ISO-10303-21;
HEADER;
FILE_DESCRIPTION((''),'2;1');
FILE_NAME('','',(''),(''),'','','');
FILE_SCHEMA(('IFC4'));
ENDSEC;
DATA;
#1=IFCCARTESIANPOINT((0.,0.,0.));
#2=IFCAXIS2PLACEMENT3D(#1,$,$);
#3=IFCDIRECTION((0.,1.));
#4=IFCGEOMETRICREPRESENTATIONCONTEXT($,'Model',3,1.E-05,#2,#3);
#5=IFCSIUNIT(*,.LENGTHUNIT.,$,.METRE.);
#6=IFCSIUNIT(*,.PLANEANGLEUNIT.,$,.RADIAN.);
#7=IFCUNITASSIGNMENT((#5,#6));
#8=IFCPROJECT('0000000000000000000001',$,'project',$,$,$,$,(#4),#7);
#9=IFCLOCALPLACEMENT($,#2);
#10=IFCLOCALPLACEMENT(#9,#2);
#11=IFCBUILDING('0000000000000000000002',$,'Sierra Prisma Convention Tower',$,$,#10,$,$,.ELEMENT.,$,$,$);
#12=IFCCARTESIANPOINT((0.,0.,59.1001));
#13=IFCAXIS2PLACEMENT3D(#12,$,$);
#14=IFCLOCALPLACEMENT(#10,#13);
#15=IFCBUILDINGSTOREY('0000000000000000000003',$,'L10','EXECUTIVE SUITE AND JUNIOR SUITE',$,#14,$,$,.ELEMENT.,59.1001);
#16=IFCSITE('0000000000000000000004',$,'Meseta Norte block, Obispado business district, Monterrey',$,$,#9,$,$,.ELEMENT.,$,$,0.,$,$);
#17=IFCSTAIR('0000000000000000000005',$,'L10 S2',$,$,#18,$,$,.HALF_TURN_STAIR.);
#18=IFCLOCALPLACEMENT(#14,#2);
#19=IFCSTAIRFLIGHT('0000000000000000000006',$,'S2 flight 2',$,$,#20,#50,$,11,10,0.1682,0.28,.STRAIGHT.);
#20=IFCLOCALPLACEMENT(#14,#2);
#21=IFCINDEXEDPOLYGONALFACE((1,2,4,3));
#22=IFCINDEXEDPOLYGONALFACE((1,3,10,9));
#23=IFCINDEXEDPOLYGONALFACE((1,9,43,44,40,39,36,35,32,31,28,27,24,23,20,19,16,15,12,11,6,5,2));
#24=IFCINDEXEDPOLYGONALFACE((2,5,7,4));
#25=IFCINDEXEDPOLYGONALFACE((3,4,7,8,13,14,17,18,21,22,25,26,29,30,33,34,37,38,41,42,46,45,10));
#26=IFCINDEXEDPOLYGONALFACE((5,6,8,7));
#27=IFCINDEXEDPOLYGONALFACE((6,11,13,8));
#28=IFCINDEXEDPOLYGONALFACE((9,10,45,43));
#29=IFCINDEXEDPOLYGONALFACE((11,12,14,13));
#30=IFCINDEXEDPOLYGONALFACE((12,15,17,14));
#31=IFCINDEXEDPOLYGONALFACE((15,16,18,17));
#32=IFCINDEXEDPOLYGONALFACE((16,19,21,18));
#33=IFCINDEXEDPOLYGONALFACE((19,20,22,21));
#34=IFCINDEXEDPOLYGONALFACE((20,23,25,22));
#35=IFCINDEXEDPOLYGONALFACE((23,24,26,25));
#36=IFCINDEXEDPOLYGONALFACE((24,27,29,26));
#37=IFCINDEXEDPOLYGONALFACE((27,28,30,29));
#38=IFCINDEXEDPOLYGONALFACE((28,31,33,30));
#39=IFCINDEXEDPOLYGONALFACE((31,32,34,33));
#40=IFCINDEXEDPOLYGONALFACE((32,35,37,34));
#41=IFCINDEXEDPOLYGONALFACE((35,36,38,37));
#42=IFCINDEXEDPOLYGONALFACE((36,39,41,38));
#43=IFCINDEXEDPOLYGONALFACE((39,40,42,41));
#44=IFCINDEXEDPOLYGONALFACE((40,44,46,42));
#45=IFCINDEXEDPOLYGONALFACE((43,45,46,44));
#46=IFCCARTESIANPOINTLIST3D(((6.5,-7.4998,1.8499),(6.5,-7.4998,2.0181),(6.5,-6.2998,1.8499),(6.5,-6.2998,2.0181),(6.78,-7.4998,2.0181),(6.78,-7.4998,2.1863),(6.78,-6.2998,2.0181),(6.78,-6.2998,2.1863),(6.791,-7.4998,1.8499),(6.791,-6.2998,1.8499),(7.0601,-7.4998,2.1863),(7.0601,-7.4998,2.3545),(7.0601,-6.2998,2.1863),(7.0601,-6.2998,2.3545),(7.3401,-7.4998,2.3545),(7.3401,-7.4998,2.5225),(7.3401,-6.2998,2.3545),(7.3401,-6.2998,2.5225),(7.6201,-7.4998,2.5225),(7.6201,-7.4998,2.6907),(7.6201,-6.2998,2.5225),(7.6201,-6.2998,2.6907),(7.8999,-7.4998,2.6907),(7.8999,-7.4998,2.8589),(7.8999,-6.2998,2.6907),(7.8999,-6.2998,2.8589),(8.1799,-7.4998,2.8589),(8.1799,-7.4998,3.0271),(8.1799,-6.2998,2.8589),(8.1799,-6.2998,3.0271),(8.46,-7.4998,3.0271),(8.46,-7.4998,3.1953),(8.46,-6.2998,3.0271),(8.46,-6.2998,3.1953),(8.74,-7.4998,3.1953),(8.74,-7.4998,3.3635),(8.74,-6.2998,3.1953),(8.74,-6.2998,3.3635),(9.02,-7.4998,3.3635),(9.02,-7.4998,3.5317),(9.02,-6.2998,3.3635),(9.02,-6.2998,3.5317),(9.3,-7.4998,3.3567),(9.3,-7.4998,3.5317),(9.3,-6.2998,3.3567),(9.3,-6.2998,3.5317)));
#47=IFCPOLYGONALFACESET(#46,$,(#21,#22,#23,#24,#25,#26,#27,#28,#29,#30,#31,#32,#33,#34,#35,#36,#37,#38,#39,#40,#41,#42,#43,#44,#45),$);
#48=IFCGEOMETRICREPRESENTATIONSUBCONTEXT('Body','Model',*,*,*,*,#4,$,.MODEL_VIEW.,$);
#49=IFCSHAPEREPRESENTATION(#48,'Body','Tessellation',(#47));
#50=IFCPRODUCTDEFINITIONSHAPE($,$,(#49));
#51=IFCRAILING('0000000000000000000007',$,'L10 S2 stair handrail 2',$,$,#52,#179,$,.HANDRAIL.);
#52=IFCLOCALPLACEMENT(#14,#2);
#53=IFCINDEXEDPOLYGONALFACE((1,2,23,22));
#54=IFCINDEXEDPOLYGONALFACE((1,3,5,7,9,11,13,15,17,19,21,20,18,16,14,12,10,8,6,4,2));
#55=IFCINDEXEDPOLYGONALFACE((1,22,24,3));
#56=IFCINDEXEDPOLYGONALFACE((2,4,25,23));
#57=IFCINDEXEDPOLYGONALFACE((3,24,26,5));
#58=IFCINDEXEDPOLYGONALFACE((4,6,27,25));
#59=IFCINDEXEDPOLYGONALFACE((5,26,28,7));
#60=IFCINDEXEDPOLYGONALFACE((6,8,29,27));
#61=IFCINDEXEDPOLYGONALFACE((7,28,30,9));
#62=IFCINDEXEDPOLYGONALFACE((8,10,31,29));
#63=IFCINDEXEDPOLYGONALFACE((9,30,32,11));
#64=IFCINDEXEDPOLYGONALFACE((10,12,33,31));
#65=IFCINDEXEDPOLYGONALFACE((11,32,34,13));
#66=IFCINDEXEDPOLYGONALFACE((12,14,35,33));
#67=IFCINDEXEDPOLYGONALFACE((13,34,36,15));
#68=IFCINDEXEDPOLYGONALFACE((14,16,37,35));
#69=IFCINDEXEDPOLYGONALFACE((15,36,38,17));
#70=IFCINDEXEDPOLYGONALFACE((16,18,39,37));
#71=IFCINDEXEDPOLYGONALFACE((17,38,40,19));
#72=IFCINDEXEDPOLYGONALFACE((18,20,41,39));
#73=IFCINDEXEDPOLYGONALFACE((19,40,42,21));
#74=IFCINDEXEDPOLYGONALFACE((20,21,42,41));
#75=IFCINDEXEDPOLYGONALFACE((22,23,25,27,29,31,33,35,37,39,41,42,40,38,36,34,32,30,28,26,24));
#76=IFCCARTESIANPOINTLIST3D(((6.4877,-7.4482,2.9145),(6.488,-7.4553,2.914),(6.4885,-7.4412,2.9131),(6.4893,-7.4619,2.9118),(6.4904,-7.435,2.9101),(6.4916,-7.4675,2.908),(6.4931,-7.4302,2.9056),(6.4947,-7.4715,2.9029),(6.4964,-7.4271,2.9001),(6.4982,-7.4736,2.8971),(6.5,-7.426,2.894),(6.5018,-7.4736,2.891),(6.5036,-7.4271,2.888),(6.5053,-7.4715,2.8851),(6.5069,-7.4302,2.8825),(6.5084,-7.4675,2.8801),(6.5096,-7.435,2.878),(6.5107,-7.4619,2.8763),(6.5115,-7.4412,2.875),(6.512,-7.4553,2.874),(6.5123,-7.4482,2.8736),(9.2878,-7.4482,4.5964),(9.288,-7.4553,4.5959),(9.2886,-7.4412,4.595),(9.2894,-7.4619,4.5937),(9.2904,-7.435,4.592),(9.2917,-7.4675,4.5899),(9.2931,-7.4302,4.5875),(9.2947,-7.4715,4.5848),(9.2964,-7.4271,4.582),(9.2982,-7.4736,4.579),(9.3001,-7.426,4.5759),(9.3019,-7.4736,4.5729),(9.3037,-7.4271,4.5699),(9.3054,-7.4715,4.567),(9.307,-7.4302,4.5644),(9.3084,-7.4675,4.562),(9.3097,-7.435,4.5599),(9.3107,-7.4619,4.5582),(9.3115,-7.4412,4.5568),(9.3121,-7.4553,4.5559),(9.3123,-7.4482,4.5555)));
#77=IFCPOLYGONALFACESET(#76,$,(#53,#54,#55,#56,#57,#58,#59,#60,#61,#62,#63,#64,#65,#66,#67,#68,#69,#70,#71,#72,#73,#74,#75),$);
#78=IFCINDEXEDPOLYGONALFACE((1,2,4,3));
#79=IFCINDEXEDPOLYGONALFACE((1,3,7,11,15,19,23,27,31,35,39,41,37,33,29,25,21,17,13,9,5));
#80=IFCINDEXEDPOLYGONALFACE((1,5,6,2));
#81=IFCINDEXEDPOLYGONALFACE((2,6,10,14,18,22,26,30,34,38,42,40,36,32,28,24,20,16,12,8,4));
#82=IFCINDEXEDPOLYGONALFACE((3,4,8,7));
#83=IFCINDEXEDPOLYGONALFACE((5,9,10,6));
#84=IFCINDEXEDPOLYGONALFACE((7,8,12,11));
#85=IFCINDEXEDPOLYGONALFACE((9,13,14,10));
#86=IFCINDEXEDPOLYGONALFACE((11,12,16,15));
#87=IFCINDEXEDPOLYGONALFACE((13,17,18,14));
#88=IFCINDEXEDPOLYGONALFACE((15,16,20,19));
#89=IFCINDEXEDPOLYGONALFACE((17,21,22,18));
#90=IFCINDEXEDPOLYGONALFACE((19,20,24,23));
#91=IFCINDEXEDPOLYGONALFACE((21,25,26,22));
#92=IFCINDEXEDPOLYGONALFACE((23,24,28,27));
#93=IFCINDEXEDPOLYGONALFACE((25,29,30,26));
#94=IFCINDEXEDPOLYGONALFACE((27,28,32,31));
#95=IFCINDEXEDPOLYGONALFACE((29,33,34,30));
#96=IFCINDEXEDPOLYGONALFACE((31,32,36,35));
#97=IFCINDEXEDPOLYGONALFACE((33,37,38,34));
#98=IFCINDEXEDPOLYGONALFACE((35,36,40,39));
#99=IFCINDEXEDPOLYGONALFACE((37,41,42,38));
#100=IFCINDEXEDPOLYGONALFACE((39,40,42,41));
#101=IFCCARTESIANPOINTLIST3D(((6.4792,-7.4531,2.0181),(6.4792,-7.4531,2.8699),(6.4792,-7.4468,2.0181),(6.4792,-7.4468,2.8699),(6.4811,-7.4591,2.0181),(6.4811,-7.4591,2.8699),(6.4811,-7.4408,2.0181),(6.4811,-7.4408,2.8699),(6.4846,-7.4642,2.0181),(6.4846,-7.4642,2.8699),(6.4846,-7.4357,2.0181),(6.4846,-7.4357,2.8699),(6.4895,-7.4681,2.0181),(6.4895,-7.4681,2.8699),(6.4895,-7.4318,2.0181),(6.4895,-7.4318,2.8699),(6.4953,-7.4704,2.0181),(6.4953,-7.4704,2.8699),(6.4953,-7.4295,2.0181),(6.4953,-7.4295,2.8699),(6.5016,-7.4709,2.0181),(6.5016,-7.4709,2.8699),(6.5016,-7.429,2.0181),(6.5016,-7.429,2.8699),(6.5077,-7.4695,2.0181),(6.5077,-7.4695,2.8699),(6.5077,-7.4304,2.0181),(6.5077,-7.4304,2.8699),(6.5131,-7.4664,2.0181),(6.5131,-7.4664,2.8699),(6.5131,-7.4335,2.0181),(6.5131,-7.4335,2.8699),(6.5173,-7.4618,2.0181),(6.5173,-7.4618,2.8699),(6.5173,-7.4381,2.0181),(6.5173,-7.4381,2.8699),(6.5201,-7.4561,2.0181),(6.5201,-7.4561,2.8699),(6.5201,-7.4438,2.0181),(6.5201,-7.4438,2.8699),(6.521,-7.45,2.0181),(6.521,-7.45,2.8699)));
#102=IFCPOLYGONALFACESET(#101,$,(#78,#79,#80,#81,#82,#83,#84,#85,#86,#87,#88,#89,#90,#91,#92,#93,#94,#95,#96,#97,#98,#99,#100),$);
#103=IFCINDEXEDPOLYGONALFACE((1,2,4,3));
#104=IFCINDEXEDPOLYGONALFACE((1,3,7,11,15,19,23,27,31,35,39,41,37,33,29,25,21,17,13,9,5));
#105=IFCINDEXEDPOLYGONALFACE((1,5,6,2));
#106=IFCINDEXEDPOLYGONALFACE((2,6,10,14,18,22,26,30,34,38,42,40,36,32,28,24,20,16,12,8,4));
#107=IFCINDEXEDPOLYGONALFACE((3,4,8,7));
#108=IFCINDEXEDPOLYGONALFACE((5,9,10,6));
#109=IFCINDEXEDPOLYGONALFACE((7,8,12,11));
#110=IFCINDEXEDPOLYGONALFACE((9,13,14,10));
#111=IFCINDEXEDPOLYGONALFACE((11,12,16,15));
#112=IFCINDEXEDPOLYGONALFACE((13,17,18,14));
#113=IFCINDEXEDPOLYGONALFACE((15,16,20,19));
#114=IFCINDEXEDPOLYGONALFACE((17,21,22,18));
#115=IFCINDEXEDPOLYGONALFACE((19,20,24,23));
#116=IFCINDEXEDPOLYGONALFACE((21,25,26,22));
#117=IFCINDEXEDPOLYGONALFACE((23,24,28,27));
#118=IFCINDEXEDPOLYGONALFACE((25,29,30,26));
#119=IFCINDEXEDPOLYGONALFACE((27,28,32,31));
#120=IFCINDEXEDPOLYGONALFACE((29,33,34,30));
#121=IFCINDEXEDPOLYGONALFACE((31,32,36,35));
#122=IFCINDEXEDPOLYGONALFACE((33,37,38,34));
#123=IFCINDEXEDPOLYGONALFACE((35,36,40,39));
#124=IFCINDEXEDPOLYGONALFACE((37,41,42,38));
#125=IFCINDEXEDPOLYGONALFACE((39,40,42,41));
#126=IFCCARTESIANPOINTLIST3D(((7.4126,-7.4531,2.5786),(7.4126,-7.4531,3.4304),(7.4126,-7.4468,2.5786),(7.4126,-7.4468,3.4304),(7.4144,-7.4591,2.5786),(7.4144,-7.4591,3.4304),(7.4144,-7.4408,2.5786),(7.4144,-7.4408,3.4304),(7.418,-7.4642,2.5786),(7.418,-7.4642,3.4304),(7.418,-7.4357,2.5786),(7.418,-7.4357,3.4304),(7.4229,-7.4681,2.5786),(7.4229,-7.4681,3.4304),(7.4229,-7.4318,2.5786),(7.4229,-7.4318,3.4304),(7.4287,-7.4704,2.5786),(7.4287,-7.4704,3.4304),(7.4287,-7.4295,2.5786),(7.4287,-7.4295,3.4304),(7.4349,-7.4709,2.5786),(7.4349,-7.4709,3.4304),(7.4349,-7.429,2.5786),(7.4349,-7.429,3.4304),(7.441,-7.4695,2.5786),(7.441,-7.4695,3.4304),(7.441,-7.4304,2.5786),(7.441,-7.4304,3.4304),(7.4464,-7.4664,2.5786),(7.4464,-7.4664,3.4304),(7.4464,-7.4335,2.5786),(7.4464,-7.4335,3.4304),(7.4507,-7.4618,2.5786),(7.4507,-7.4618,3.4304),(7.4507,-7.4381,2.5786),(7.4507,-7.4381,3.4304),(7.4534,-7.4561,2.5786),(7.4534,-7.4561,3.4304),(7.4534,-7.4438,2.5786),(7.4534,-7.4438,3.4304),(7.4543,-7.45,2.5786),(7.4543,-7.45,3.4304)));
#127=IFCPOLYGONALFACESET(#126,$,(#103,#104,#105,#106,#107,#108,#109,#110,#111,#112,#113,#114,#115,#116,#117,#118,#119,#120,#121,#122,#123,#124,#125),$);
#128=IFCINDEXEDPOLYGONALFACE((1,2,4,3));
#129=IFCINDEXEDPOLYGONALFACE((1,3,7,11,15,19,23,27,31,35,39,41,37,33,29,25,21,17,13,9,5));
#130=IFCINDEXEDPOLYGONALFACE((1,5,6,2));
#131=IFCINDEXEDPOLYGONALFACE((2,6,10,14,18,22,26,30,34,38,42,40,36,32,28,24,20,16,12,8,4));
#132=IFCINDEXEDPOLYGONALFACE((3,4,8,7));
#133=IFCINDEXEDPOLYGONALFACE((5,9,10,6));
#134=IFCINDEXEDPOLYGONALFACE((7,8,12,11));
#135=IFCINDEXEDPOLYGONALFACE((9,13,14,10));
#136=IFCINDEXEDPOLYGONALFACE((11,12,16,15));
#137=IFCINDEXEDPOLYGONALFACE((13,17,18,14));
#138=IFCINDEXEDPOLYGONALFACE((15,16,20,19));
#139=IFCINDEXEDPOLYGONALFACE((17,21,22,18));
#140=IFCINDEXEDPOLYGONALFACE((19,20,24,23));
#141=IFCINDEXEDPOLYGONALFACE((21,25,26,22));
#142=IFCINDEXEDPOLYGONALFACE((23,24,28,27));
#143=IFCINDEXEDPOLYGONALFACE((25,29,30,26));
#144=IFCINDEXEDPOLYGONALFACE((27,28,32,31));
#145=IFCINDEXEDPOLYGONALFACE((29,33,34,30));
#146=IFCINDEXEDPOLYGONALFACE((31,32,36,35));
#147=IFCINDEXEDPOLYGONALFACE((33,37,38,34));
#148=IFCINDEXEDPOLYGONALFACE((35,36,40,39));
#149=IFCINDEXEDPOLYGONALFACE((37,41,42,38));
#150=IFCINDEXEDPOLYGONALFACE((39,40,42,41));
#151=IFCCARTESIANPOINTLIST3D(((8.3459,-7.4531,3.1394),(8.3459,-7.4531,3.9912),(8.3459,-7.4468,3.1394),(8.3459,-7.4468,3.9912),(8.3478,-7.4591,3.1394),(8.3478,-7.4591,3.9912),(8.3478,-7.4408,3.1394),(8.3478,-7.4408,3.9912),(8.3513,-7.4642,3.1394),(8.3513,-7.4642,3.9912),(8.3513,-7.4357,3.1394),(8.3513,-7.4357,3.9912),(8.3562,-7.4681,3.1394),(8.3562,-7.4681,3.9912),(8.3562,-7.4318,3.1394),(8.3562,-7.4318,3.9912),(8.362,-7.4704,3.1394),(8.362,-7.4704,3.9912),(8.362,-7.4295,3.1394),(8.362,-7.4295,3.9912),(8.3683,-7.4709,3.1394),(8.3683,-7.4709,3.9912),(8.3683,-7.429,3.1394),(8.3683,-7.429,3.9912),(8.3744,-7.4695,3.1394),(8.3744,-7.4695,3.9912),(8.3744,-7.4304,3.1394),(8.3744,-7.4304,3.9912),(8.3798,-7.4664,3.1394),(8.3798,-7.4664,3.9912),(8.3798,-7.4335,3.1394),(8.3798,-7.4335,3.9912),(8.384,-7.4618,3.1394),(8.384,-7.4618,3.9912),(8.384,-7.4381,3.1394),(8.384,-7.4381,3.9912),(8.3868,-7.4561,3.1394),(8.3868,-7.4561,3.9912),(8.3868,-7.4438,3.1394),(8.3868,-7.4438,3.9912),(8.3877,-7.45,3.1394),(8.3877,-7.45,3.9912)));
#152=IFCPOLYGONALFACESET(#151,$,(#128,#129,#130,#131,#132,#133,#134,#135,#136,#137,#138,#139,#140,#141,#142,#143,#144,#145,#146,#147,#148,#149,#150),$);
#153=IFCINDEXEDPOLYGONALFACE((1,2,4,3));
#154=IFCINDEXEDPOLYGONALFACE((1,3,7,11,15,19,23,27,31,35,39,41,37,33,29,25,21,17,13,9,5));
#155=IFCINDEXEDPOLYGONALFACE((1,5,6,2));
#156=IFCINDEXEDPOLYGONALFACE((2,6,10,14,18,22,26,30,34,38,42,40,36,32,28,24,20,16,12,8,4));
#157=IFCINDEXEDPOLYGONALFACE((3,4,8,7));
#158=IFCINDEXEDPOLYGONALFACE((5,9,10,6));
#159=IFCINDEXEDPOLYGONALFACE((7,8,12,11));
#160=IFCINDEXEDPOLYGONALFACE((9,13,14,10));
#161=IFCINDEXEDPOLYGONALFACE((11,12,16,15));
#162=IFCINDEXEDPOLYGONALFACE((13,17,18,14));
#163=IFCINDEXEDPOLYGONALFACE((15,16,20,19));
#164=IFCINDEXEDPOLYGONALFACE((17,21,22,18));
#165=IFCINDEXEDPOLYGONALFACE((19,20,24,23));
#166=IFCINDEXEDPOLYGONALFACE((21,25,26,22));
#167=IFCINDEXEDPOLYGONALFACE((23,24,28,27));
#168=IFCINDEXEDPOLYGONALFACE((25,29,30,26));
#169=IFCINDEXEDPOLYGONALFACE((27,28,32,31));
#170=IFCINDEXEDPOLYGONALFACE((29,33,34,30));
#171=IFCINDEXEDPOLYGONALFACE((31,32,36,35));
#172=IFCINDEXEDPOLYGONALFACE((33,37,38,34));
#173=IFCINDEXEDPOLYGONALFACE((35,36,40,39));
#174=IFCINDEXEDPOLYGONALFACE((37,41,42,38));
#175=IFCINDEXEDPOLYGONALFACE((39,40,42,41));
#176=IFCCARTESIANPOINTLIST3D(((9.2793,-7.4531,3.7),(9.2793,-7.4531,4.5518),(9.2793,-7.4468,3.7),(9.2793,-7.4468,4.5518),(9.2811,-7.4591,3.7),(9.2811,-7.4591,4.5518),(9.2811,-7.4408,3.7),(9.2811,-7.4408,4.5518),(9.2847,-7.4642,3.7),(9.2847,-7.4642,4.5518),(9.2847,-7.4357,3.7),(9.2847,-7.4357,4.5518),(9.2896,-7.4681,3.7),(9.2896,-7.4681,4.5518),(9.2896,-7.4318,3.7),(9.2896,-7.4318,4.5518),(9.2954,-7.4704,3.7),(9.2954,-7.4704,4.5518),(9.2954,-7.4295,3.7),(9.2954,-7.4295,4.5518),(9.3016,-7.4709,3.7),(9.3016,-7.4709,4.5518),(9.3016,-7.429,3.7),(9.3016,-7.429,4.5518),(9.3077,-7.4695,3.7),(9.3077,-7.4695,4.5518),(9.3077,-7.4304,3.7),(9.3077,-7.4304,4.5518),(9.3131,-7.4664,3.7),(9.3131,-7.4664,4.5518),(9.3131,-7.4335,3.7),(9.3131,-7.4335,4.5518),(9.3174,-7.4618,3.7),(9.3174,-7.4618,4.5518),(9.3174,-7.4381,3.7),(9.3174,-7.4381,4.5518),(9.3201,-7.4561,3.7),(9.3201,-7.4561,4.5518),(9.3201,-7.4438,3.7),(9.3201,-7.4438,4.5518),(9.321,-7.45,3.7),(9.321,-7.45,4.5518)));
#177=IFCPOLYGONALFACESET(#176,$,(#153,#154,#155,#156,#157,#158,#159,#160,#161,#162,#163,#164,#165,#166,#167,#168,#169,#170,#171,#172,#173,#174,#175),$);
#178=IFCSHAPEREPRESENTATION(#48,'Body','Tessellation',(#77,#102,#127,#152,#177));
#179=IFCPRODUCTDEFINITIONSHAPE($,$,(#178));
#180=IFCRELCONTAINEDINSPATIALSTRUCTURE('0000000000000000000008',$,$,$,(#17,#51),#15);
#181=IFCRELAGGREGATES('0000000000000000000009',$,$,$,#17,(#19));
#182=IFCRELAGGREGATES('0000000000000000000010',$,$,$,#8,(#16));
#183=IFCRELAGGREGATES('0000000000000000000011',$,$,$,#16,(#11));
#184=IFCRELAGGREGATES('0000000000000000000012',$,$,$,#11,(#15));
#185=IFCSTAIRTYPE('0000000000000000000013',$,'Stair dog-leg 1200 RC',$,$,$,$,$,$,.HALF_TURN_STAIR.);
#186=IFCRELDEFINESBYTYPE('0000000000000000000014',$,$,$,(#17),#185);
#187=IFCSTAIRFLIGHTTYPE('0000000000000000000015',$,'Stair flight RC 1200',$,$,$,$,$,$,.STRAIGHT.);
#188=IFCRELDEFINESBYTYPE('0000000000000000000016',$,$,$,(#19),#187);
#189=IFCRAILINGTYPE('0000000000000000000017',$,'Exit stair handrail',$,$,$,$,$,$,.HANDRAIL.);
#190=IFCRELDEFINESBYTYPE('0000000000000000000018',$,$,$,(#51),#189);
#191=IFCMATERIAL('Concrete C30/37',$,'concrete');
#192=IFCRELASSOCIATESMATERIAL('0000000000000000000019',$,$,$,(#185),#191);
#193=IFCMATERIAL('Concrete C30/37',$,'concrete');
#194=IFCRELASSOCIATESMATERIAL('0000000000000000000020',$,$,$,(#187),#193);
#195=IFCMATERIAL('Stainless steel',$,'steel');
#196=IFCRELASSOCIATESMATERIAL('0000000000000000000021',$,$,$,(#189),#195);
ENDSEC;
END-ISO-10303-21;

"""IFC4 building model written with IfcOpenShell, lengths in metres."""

from ifc_helpers import new_model, si_unit, direction, frame, origin, origin_2d, place, context, subcontext, project, spatial, polyline, circle, outline, extrude, material, type_object, element, aggregate, save


model = new_model("IFC4")

# Units and contexts
model_context = context("Model", 3, precision=1e-05, world=origin(), true_north=direction((0.0, 1.0)))
body_context = subcontext(model_context, "Body", "Model", "MODEL_VIEW")
ifc_project = project(units=[si_unit("LENGTHUNIT", "METRE"), si_unit("PLANEANGLEUNIT", "RADIAN")], contexts=[model_context])

# Site, building, storey
site_placement = place(None, origin())
site = spatial("IfcSite", under=ifc_project, at=site_placement, Name="Meseta Norte block, Obispado business district, Monterrey", CompositionType="ELEMENT", RefElevation=0.0)
building_placement = place(site_placement, origin())
building = spatial("IfcBuilding", under=site, at=building_placement, Name="Sierra Prisma Convention Tower", CompositionType="ELEMENT")
storey_placement = place(building_placement, frame((0.0, 0.0, 59.1001)))
storey = spatial("IfcBuildingStorey", under=building, at=storey_placement, Name="L10", Description="EXECUTIVE SUITE AND JUNIOR SUITE", CompositionType="ELEMENT", Elevation=59.1001)

# Stair, stair flight
ifc_material_1 = material(Name="Concrete C30/37", Category="concrete")
stair_type = type_object("IfcStairType", Name="Stair dog-leg 1200 RC", PredefinedType="HALF_TURN_STAIR", material=ifc_material_1)
stair_placement = place(storey_placement, origin())
stair = element("IfcStair", 1, at=stair_placement, inside=storey, type_object=stair_type, Name="L10 S2", PredefinedType="HALF_TURN_STAIR")
ifc_material_2 = material(Name="Concrete C30/37", Category="concrete")
stair_flight_type = type_object("IfcStairFlightType", Name="Stair flight RC 1200", PredefinedType="STRAIGHT", material=ifc_material_2)
stair_flight_placement = place(storey_placement, frame((6.5, -6.8999, 1.8499), z_axis=(0.0, 0.0, 1.0), x_axis=(1.0, 0.0, 0.0)))
stair_flight = element("IfcStairFlight", 2, at=stair_flight_placement, type_object=stair_flight_type, Name="S2 flight 2", NumberOfRisers=11, NumberOfTreads=10, PredefinedType="STRAIGHT", RiserHeight=0.1682, TreadLength=0.28, context=body_context, shape_type="SweptSolid", body=[
    extrude(outline(polyline([(0.0, 0.0), (0.0, 0.1682), (0.28, 0.1682), (0.28, 0.3364), (0.5601, 0.3364), (0.5601, 0.5046), (0.8401, 0.5046), (0.8401, 0.6726), (1.1201, 0.6726), (1.1201, 0.8408), (1.3999, 0.8408), (1.3999, 1.009), (1.6799, 1.009), (1.6799, 1.1772), (1.96, 1.1772), (1.96, 1.3455), (2.24, 1.3455), (2.24, 1.5137), (2.52, 1.5137), (2.52, 1.6819), (2.8, 1.6819), (2.8, 1.8501), (2.8, 1.5068), (0.291, 0.0), (0.0, 0.0)])), frame((0.0, 0.6001, 0.0), z_axis=(0.0, -1.0, 0.0), x_axis=(1.0, 0.0, 0.0)), (0.0, 0.0, 1.0), 1.2),
])
aggregate(stair, [stair_flight])

# Railing
ifc_material_3 = material(Name="Stainless steel", Category="steel")
railing_type_1 = type_object("IfcRailingType", Name="Exit stair handrail", PredefinedType="HANDRAIL", material=ifc_material_3)
railing_1_placement = place(storey_placement, frame((6.5, -7.45, 2.0181)))
element("IfcRailing", 3, at=railing_1_placement, inside=storey, type_object=railing_type_1, Name="L10 S2 stair handrail 2", PredefinedType="HANDRAIL", context=body_context, shape_type="SweptSolid", body=[
    extrude(circle(Radius=0.0239, at=origin_2d()), frame((0.0, 0.0, 0.876), z_axis=(0.857242, 0.0, 0.514913), x_axis=(0.0, 1.0, 0.0)), (0.0, 0.0, 1.0), 3.2664),
    extrude(circle(Radius=0.021, at=origin_2d()), origin(), (0.0, 0.0, 1.0), 0.8518),
    extrude(circle(Radius=0.021, at=origin_2d()), frame((0.9333, 0.0, 0.5605)), (0.0, 0.0, 1.0), 0.8518),
    extrude(circle(Radius=0.021, at=origin_2d()), frame((1.8667, 0.0, 1.1213)), (0.0, 0.0, 1.0), 0.8518),
    extrude(circle(Radius=0.021, at=origin_2d()), frame((2.8, 0.0, 1.6819)), (0.0, 0.0, 1.0), 0.8518),
])

save(model, "model.ifc")
